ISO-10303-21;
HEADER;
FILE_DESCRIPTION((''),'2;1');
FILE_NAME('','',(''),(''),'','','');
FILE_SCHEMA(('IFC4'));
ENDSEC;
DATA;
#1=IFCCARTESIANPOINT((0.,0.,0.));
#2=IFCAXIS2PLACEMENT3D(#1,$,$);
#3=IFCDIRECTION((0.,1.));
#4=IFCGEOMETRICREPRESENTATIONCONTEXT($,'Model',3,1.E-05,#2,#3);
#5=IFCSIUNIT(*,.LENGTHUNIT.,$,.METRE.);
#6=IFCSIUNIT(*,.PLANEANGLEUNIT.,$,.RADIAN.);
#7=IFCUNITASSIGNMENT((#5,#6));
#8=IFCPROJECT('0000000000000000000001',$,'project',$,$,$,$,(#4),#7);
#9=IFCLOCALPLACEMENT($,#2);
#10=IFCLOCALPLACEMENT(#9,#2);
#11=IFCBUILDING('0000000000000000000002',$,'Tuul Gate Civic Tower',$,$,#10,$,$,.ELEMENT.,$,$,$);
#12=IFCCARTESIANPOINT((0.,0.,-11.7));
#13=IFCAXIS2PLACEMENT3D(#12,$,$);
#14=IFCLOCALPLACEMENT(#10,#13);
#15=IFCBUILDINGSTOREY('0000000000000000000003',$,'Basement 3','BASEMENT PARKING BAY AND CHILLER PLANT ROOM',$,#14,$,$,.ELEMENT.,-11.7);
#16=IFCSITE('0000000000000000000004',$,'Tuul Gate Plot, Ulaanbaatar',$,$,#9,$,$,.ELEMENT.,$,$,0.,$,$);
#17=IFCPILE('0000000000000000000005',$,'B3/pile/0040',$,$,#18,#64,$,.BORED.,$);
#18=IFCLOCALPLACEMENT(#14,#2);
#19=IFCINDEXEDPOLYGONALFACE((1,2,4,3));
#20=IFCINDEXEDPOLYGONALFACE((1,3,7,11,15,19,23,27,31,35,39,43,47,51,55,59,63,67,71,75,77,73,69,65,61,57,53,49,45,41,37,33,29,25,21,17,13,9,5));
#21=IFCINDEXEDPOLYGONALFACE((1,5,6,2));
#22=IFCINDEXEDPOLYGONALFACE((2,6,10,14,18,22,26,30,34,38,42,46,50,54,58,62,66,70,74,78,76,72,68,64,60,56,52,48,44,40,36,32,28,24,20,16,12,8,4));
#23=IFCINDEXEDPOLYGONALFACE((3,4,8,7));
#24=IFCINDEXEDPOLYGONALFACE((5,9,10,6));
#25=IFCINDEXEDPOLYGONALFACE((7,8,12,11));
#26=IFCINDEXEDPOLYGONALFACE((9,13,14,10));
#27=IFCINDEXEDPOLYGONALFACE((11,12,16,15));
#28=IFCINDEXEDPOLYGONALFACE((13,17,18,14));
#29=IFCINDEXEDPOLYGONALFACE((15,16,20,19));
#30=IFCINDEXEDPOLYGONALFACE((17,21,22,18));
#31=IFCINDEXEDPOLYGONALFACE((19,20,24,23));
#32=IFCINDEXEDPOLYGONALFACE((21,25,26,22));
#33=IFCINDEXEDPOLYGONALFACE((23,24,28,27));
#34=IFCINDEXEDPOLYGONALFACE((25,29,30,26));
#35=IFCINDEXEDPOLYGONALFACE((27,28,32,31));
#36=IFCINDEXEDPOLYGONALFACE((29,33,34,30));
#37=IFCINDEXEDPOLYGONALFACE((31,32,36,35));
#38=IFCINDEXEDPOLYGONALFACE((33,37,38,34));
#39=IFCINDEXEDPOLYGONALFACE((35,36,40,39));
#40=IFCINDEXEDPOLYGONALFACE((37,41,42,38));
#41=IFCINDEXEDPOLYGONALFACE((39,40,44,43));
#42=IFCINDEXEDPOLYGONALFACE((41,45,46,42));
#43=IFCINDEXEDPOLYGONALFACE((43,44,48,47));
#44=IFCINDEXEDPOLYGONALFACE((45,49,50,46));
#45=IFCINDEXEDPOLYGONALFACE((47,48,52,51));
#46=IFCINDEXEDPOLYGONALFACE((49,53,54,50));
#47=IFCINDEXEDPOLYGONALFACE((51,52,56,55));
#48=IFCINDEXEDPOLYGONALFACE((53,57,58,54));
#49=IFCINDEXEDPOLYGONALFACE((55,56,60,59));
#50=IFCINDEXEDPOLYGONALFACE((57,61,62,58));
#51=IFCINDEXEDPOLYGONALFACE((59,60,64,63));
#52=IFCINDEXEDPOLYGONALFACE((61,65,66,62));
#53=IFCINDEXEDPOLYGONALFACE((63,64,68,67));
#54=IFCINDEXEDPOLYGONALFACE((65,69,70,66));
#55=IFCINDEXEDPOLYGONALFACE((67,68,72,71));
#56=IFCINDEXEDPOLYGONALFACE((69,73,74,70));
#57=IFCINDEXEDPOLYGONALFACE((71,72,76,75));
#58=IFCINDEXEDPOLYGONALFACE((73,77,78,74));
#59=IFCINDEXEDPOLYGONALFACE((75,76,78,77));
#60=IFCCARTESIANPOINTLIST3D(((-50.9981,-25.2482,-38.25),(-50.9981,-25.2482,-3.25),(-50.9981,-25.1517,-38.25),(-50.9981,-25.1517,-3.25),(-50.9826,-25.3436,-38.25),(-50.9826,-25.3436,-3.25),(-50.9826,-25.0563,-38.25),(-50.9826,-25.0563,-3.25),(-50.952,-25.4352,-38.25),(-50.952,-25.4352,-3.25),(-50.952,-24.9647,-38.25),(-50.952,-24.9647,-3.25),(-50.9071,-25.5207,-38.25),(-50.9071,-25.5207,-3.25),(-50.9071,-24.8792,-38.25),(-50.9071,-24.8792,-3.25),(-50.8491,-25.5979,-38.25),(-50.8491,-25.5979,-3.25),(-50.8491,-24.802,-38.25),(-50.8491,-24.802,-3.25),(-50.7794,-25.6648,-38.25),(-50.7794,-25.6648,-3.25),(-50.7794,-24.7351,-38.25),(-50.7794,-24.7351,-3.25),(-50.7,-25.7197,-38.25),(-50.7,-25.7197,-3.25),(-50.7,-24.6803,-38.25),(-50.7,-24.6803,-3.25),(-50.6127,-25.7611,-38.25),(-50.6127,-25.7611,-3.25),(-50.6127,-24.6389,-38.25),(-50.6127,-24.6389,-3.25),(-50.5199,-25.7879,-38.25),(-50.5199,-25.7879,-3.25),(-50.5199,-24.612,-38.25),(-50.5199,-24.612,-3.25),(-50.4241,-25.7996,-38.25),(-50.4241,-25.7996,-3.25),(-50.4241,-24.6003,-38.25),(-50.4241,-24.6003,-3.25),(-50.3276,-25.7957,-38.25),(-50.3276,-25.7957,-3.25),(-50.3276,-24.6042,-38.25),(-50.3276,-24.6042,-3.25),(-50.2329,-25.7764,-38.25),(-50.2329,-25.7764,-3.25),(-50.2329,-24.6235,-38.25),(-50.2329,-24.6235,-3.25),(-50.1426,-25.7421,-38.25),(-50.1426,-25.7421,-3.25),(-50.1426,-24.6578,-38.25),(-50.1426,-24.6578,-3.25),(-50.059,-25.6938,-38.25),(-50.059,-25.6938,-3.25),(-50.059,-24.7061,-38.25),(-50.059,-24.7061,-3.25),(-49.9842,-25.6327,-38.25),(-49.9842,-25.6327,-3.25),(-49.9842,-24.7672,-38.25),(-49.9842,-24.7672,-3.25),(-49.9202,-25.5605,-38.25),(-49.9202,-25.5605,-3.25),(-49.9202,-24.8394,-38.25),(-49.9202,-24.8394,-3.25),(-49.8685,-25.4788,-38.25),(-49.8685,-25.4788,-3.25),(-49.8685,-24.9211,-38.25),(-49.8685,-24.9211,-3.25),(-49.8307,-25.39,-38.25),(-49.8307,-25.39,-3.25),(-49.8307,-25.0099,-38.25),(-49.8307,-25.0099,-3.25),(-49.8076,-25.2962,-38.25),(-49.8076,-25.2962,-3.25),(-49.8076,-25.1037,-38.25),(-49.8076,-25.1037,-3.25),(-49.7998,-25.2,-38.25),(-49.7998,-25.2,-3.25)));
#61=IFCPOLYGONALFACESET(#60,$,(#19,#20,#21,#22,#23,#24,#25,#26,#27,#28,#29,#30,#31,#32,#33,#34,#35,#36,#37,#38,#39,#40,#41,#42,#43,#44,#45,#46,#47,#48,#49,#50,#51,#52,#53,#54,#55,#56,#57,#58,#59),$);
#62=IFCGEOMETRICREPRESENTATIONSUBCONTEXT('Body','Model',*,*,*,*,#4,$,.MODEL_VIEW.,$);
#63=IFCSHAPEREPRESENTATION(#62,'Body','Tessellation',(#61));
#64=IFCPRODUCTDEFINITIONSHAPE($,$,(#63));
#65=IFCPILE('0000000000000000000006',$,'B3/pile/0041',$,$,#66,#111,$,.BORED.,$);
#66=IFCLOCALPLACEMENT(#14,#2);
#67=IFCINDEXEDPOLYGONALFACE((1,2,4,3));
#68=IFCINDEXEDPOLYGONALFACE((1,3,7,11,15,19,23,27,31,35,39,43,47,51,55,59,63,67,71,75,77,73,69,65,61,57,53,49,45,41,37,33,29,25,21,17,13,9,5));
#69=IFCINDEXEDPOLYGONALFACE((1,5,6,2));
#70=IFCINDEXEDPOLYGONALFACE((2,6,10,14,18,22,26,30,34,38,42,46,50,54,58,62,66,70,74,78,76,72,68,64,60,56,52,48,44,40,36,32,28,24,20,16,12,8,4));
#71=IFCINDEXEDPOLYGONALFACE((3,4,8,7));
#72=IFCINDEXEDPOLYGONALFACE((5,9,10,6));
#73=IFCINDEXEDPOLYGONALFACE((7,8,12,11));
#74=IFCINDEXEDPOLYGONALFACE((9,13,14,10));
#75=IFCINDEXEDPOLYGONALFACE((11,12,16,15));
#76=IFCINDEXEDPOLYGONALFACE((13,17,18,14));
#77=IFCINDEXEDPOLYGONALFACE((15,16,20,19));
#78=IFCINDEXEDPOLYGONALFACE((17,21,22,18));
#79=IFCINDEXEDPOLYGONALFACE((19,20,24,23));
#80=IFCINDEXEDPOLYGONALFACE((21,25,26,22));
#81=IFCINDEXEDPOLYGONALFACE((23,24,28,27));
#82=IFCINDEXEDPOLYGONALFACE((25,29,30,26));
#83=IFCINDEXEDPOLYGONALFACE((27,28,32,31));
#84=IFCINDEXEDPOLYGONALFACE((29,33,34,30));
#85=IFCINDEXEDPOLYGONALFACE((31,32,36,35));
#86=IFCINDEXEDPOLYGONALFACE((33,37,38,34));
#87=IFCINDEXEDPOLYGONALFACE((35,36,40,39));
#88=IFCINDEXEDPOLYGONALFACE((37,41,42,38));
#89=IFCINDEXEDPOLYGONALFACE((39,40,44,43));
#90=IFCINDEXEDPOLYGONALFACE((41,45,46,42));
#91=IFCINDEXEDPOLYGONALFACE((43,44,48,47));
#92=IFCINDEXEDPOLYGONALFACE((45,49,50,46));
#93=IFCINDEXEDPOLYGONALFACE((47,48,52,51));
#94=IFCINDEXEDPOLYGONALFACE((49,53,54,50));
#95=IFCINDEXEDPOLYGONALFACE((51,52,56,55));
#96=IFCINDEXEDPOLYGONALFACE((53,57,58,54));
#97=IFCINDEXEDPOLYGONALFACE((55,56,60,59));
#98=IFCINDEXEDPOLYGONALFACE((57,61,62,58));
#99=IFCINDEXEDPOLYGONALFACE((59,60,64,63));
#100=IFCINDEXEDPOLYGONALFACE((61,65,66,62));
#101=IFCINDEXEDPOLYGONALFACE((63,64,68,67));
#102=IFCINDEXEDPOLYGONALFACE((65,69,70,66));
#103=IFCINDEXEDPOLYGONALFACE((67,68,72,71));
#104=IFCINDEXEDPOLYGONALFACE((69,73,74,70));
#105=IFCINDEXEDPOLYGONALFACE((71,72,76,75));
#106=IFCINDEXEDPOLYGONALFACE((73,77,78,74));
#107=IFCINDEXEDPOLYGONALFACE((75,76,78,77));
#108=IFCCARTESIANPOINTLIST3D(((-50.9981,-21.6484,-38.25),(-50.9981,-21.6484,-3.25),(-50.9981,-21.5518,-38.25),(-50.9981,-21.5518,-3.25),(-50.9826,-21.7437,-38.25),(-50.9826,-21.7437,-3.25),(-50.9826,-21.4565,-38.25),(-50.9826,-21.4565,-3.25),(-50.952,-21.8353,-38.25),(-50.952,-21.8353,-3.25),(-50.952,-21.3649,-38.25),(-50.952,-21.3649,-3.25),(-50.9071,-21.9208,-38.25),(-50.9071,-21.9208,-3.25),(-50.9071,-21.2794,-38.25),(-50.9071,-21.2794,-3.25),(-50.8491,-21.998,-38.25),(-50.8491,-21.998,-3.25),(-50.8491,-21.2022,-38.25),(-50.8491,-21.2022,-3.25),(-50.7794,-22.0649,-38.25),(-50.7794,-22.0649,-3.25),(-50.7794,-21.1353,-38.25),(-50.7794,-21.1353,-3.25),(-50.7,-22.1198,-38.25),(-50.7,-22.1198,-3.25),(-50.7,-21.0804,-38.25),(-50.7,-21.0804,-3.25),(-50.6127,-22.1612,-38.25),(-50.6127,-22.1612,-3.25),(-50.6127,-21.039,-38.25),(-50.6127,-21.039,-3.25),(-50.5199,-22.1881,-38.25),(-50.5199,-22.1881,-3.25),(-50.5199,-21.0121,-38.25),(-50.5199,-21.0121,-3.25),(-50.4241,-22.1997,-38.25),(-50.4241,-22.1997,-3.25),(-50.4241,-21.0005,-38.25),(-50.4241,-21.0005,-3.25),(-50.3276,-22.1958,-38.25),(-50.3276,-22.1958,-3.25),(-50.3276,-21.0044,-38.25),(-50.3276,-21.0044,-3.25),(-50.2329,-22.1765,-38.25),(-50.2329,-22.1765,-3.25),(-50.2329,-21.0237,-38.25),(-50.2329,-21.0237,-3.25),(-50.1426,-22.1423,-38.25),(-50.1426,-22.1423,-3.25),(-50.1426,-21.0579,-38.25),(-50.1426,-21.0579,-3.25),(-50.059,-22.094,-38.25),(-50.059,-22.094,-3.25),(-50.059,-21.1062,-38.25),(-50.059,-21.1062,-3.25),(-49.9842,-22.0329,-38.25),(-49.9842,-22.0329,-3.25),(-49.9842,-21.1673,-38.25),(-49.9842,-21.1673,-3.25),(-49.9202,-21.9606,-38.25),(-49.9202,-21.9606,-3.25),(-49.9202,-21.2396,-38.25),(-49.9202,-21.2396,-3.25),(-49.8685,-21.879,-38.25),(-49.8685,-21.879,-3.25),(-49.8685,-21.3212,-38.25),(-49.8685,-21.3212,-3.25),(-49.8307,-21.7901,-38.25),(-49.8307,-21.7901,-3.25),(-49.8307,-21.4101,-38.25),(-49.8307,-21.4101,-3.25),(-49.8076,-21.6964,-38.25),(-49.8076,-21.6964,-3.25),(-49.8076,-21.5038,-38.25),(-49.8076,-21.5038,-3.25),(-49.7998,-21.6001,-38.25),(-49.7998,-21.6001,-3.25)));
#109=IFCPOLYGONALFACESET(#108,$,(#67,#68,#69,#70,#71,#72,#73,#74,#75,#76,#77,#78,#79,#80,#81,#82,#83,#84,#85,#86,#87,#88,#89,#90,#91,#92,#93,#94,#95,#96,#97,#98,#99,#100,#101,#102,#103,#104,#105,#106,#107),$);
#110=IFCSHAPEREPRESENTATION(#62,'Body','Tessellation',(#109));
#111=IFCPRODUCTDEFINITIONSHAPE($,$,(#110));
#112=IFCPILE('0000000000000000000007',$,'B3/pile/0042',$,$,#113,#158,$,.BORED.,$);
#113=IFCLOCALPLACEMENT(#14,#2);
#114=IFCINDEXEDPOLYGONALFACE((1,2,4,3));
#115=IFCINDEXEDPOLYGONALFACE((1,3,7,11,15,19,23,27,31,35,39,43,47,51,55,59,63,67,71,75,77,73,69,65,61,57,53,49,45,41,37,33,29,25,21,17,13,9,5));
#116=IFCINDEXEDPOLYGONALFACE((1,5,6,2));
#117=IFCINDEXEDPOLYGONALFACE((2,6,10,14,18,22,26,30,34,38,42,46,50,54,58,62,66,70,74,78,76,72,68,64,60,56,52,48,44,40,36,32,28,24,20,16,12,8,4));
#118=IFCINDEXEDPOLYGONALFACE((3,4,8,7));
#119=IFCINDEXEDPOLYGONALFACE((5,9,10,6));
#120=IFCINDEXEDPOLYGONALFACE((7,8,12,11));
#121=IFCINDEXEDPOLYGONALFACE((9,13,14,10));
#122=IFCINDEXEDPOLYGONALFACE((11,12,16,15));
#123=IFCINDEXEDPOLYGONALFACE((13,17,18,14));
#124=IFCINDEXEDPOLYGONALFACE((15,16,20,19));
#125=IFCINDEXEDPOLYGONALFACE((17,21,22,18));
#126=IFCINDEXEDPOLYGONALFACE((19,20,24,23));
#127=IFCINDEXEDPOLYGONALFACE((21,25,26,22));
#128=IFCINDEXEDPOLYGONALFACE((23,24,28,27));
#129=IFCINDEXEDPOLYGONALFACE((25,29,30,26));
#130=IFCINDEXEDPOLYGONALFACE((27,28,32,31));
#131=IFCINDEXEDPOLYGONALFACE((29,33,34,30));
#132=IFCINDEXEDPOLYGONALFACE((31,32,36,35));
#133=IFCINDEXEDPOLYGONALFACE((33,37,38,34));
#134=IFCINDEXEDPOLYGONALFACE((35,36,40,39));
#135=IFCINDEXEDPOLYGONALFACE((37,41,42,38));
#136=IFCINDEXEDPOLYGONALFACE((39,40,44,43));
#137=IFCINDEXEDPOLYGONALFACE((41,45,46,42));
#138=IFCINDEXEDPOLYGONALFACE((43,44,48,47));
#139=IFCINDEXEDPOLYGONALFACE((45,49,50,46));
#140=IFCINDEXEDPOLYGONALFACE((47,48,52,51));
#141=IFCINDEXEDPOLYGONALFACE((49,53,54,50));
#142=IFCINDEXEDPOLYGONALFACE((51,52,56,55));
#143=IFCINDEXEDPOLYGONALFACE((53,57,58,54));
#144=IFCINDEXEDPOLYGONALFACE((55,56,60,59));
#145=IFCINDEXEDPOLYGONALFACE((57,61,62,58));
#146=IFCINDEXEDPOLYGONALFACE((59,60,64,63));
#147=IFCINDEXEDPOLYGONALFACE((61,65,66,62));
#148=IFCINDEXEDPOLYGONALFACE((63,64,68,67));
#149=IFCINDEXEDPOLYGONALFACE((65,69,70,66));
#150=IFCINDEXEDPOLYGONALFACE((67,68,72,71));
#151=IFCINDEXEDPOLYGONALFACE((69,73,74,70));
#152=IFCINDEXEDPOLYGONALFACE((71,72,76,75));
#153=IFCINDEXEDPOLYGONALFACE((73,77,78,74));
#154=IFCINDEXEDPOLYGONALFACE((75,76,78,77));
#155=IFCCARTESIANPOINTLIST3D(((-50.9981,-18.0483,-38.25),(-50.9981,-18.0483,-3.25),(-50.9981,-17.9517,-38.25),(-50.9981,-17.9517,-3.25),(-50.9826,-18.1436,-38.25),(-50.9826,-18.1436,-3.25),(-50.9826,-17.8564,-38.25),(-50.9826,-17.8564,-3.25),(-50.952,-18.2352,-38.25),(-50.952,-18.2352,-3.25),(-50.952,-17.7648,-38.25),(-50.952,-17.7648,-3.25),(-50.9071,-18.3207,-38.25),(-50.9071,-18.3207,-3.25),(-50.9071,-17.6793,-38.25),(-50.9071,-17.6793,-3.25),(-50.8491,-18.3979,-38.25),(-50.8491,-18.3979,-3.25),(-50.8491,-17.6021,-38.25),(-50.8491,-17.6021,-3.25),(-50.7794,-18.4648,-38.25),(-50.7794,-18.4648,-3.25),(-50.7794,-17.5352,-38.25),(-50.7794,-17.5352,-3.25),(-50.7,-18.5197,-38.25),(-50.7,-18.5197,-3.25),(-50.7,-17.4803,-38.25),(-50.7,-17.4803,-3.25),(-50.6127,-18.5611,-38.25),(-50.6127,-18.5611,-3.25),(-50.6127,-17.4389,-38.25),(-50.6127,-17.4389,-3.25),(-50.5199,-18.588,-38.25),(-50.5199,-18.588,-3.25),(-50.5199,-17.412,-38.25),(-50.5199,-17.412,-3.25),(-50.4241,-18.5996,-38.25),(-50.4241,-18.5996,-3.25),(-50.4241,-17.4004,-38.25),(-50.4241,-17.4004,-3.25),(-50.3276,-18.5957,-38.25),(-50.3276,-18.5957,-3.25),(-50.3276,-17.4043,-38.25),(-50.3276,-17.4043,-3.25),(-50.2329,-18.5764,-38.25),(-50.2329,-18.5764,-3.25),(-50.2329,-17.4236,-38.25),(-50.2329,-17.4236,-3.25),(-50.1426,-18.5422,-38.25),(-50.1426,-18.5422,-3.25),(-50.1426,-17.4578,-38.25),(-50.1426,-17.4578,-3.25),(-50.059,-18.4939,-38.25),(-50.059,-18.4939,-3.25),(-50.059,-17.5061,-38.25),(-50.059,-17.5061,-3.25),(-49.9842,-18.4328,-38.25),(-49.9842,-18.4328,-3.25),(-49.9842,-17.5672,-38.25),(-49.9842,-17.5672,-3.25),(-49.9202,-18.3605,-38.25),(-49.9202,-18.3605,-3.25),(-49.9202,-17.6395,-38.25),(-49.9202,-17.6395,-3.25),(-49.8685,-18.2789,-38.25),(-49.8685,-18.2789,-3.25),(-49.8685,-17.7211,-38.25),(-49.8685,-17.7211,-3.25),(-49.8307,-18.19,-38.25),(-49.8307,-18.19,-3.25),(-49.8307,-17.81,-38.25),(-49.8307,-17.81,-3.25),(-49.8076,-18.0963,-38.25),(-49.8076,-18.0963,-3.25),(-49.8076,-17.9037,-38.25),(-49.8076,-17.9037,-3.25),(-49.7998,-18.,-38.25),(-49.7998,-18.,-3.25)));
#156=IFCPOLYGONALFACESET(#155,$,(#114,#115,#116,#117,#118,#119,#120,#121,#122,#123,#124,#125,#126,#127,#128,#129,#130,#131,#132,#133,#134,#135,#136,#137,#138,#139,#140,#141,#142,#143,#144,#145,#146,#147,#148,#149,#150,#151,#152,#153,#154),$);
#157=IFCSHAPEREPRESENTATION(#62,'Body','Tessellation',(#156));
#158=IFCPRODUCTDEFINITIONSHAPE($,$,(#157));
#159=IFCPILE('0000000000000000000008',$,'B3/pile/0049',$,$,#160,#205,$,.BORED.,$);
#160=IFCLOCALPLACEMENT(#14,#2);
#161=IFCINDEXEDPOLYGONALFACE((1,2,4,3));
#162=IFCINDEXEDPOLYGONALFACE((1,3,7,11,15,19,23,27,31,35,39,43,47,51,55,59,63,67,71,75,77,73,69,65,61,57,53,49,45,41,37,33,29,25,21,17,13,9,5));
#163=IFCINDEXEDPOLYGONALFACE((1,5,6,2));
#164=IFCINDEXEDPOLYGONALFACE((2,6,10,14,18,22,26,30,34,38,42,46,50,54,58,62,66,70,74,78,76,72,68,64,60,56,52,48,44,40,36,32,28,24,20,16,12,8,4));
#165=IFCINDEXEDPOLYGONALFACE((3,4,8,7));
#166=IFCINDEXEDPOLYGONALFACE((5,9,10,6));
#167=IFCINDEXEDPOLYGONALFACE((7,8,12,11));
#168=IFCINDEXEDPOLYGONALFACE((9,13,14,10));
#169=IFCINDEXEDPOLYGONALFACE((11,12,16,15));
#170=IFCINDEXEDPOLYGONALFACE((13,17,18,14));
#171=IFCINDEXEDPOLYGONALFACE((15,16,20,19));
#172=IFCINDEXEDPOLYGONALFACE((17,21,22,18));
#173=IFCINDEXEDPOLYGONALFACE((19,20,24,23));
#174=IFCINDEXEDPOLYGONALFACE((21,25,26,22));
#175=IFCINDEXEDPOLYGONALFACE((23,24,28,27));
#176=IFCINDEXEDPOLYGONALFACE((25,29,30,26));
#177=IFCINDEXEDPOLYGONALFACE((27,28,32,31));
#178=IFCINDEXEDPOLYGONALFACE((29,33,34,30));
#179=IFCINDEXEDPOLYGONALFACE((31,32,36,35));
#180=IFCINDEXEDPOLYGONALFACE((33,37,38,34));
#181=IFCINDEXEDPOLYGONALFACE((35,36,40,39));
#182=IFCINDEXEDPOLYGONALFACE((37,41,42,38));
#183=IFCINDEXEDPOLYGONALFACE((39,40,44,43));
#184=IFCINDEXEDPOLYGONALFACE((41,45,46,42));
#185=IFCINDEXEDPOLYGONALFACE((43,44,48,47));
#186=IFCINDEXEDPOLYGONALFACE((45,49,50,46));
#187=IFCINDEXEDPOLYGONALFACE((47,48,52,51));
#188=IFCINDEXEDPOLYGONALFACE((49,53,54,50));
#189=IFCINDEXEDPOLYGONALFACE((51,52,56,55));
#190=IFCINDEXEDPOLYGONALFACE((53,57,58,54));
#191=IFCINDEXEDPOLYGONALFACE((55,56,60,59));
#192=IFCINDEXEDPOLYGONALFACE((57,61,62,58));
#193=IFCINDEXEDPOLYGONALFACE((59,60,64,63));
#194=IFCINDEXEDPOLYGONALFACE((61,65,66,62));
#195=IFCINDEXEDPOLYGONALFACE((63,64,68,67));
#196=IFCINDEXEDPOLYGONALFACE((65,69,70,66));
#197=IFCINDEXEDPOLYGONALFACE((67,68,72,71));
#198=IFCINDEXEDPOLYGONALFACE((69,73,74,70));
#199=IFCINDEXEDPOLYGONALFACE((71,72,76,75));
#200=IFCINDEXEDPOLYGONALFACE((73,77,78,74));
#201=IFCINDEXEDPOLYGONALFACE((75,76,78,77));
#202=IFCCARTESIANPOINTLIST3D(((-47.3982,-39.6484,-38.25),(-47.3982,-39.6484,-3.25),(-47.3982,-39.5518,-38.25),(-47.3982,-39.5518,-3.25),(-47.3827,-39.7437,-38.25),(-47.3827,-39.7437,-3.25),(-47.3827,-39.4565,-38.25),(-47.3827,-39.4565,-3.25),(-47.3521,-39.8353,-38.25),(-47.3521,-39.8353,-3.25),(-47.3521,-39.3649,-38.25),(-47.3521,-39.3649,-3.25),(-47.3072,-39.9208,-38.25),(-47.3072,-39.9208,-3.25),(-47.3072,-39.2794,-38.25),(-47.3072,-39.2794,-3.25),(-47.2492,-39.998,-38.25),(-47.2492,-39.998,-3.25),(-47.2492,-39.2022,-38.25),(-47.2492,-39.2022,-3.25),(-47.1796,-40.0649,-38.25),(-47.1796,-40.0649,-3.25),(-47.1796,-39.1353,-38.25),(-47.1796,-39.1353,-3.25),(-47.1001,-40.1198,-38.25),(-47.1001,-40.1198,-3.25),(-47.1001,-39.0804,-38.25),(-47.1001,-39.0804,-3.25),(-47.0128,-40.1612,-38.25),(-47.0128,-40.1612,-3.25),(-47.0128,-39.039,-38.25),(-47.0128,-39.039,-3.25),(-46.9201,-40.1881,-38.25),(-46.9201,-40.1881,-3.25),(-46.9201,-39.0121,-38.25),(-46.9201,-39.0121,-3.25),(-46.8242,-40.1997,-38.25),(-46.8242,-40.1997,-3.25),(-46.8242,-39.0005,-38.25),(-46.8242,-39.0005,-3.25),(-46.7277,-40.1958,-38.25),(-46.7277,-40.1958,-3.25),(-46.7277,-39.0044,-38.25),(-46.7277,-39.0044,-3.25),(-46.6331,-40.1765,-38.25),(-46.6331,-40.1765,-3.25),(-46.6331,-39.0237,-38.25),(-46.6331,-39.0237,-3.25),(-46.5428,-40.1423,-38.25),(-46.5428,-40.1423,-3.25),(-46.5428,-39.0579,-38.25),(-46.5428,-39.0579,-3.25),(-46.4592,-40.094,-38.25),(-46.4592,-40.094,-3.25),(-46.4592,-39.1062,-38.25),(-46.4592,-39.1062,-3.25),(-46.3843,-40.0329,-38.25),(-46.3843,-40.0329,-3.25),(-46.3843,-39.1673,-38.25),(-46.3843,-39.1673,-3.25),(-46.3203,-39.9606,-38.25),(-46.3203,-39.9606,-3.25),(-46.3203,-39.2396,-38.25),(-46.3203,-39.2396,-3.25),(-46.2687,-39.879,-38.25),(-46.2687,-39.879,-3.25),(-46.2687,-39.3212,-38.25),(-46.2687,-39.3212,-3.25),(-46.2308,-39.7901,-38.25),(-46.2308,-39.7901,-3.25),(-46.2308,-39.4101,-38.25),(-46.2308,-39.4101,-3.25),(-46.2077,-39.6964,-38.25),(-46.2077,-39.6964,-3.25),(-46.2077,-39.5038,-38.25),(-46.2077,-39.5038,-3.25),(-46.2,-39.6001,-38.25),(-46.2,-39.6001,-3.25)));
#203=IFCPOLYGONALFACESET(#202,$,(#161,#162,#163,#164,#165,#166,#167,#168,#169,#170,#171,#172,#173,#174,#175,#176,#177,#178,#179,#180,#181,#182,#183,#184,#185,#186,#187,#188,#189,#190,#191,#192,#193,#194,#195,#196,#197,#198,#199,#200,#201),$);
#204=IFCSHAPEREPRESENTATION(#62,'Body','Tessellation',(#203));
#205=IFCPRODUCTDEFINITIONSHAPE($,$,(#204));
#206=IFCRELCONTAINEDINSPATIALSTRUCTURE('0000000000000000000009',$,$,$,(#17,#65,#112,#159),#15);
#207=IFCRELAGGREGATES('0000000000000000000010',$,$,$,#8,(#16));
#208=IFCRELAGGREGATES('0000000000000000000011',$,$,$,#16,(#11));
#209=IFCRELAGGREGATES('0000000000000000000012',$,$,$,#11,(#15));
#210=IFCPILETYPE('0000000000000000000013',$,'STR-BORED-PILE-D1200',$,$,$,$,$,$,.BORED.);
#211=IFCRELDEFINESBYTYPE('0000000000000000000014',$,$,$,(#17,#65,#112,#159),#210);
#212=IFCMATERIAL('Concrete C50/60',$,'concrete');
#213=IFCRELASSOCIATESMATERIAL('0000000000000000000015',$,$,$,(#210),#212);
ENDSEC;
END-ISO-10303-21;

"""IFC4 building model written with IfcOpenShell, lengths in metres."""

from ifc_helpers import new_model, si_unit, direction, frame, origin, origin_2d, place, context, subcontext, project, spatial, circle, extrude, material, material_profile, profile_set, type_object, element, save


model = new_model("IFC4")

# Units and contexts
model_context = context("Model", 3, precision=1e-05, world=origin(), true_north=direction((0.0, 1.0)))
body_context = subcontext(model_context, "Body", "Model", "MODEL_VIEW")
ifc_project = project(units=[si_unit("LENGTHUNIT", "METRE"), si_unit("PLANEANGLEUNIT", "RADIAN")], contexts=[model_context])

# Site, building, storey
site_placement = place(None, origin())
site = spatial("IfcSite", under=ifc_project, at=site_placement, Name="Tuul Gate Plot, Ulaanbaatar", CompositionType="ELEMENT", RefElevation=0.0)
building_placement = place(site_placement, origin())
building = spatial("IfcBuilding", under=site, at=building_placement, Name="Tuul Gate Civic Tower", CompositionType="ELEMENT")
storey_placement = place(building_placement, frame((0.0, 0.0, -11.7)))
storey = spatial("IfcBuildingStorey", under=building, at=storey_placement, Name="Basement 3", Description="BASEMENT PARKING BAY AND CHILLER PLANT ROOM", CompositionType="ELEMENT", Elevation=-11.7)

# Piles
ifc_material_1 = material(Name="Concrete C50/60", Category="concrete")
ifc_material_profile_1 = material_profile(ifc_material_1, circle(Radius=0.6001, at=origin_2d()), Name="PILE1200")
ifc_profile_set_1 = profile_set([ifc_material_profile_1], Name="Concrete C50/60")
pile_type = type_object("IfcPileType", Name="STR-BORED-PILE-D1200", PredefinedType="BORED", material=ifc_profile_set_1)
for number, where, z_axis, x_axis, name in (
    (1, (-50.3999, -25.2, -3.25), (0.0, 0.0, -1.0), (1.0, 0.0, 0.0), "B3/pile/0040"),
    (2, (-50.3999, -21.6001, -3.25), (0.0, 0.0, -1.0), (1.0, 0.0, 0.0), "B3/pile/0041"),
    (3, (-50.3999, -18.0, -3.25), (0.0, 0.0, -1.0), (1.0, 0.0, 0.0), "B3/pile/0042"),
    (4, (-46.8, -39.6001, -3.25), (0.0, 0.0, -1.0), (1.0, 0.0, 0.0), "B3/pile/0049"),
):
    element("IfcPile", number, at=place(storey_placement, frame(where, z_axis=z_axis, x_axis=x_axis)), inside=storey, type_object=pile_type, Name=name, PredefinedType="BORED", context=body_context, shape_type="SweptSolid", body=[
        extrude(circle(Radius=0.6001, at=origin_2d()), origin(), (0.0, 0.0, 1.0), 35.0),
    ])

save(model, "model.ifc")
